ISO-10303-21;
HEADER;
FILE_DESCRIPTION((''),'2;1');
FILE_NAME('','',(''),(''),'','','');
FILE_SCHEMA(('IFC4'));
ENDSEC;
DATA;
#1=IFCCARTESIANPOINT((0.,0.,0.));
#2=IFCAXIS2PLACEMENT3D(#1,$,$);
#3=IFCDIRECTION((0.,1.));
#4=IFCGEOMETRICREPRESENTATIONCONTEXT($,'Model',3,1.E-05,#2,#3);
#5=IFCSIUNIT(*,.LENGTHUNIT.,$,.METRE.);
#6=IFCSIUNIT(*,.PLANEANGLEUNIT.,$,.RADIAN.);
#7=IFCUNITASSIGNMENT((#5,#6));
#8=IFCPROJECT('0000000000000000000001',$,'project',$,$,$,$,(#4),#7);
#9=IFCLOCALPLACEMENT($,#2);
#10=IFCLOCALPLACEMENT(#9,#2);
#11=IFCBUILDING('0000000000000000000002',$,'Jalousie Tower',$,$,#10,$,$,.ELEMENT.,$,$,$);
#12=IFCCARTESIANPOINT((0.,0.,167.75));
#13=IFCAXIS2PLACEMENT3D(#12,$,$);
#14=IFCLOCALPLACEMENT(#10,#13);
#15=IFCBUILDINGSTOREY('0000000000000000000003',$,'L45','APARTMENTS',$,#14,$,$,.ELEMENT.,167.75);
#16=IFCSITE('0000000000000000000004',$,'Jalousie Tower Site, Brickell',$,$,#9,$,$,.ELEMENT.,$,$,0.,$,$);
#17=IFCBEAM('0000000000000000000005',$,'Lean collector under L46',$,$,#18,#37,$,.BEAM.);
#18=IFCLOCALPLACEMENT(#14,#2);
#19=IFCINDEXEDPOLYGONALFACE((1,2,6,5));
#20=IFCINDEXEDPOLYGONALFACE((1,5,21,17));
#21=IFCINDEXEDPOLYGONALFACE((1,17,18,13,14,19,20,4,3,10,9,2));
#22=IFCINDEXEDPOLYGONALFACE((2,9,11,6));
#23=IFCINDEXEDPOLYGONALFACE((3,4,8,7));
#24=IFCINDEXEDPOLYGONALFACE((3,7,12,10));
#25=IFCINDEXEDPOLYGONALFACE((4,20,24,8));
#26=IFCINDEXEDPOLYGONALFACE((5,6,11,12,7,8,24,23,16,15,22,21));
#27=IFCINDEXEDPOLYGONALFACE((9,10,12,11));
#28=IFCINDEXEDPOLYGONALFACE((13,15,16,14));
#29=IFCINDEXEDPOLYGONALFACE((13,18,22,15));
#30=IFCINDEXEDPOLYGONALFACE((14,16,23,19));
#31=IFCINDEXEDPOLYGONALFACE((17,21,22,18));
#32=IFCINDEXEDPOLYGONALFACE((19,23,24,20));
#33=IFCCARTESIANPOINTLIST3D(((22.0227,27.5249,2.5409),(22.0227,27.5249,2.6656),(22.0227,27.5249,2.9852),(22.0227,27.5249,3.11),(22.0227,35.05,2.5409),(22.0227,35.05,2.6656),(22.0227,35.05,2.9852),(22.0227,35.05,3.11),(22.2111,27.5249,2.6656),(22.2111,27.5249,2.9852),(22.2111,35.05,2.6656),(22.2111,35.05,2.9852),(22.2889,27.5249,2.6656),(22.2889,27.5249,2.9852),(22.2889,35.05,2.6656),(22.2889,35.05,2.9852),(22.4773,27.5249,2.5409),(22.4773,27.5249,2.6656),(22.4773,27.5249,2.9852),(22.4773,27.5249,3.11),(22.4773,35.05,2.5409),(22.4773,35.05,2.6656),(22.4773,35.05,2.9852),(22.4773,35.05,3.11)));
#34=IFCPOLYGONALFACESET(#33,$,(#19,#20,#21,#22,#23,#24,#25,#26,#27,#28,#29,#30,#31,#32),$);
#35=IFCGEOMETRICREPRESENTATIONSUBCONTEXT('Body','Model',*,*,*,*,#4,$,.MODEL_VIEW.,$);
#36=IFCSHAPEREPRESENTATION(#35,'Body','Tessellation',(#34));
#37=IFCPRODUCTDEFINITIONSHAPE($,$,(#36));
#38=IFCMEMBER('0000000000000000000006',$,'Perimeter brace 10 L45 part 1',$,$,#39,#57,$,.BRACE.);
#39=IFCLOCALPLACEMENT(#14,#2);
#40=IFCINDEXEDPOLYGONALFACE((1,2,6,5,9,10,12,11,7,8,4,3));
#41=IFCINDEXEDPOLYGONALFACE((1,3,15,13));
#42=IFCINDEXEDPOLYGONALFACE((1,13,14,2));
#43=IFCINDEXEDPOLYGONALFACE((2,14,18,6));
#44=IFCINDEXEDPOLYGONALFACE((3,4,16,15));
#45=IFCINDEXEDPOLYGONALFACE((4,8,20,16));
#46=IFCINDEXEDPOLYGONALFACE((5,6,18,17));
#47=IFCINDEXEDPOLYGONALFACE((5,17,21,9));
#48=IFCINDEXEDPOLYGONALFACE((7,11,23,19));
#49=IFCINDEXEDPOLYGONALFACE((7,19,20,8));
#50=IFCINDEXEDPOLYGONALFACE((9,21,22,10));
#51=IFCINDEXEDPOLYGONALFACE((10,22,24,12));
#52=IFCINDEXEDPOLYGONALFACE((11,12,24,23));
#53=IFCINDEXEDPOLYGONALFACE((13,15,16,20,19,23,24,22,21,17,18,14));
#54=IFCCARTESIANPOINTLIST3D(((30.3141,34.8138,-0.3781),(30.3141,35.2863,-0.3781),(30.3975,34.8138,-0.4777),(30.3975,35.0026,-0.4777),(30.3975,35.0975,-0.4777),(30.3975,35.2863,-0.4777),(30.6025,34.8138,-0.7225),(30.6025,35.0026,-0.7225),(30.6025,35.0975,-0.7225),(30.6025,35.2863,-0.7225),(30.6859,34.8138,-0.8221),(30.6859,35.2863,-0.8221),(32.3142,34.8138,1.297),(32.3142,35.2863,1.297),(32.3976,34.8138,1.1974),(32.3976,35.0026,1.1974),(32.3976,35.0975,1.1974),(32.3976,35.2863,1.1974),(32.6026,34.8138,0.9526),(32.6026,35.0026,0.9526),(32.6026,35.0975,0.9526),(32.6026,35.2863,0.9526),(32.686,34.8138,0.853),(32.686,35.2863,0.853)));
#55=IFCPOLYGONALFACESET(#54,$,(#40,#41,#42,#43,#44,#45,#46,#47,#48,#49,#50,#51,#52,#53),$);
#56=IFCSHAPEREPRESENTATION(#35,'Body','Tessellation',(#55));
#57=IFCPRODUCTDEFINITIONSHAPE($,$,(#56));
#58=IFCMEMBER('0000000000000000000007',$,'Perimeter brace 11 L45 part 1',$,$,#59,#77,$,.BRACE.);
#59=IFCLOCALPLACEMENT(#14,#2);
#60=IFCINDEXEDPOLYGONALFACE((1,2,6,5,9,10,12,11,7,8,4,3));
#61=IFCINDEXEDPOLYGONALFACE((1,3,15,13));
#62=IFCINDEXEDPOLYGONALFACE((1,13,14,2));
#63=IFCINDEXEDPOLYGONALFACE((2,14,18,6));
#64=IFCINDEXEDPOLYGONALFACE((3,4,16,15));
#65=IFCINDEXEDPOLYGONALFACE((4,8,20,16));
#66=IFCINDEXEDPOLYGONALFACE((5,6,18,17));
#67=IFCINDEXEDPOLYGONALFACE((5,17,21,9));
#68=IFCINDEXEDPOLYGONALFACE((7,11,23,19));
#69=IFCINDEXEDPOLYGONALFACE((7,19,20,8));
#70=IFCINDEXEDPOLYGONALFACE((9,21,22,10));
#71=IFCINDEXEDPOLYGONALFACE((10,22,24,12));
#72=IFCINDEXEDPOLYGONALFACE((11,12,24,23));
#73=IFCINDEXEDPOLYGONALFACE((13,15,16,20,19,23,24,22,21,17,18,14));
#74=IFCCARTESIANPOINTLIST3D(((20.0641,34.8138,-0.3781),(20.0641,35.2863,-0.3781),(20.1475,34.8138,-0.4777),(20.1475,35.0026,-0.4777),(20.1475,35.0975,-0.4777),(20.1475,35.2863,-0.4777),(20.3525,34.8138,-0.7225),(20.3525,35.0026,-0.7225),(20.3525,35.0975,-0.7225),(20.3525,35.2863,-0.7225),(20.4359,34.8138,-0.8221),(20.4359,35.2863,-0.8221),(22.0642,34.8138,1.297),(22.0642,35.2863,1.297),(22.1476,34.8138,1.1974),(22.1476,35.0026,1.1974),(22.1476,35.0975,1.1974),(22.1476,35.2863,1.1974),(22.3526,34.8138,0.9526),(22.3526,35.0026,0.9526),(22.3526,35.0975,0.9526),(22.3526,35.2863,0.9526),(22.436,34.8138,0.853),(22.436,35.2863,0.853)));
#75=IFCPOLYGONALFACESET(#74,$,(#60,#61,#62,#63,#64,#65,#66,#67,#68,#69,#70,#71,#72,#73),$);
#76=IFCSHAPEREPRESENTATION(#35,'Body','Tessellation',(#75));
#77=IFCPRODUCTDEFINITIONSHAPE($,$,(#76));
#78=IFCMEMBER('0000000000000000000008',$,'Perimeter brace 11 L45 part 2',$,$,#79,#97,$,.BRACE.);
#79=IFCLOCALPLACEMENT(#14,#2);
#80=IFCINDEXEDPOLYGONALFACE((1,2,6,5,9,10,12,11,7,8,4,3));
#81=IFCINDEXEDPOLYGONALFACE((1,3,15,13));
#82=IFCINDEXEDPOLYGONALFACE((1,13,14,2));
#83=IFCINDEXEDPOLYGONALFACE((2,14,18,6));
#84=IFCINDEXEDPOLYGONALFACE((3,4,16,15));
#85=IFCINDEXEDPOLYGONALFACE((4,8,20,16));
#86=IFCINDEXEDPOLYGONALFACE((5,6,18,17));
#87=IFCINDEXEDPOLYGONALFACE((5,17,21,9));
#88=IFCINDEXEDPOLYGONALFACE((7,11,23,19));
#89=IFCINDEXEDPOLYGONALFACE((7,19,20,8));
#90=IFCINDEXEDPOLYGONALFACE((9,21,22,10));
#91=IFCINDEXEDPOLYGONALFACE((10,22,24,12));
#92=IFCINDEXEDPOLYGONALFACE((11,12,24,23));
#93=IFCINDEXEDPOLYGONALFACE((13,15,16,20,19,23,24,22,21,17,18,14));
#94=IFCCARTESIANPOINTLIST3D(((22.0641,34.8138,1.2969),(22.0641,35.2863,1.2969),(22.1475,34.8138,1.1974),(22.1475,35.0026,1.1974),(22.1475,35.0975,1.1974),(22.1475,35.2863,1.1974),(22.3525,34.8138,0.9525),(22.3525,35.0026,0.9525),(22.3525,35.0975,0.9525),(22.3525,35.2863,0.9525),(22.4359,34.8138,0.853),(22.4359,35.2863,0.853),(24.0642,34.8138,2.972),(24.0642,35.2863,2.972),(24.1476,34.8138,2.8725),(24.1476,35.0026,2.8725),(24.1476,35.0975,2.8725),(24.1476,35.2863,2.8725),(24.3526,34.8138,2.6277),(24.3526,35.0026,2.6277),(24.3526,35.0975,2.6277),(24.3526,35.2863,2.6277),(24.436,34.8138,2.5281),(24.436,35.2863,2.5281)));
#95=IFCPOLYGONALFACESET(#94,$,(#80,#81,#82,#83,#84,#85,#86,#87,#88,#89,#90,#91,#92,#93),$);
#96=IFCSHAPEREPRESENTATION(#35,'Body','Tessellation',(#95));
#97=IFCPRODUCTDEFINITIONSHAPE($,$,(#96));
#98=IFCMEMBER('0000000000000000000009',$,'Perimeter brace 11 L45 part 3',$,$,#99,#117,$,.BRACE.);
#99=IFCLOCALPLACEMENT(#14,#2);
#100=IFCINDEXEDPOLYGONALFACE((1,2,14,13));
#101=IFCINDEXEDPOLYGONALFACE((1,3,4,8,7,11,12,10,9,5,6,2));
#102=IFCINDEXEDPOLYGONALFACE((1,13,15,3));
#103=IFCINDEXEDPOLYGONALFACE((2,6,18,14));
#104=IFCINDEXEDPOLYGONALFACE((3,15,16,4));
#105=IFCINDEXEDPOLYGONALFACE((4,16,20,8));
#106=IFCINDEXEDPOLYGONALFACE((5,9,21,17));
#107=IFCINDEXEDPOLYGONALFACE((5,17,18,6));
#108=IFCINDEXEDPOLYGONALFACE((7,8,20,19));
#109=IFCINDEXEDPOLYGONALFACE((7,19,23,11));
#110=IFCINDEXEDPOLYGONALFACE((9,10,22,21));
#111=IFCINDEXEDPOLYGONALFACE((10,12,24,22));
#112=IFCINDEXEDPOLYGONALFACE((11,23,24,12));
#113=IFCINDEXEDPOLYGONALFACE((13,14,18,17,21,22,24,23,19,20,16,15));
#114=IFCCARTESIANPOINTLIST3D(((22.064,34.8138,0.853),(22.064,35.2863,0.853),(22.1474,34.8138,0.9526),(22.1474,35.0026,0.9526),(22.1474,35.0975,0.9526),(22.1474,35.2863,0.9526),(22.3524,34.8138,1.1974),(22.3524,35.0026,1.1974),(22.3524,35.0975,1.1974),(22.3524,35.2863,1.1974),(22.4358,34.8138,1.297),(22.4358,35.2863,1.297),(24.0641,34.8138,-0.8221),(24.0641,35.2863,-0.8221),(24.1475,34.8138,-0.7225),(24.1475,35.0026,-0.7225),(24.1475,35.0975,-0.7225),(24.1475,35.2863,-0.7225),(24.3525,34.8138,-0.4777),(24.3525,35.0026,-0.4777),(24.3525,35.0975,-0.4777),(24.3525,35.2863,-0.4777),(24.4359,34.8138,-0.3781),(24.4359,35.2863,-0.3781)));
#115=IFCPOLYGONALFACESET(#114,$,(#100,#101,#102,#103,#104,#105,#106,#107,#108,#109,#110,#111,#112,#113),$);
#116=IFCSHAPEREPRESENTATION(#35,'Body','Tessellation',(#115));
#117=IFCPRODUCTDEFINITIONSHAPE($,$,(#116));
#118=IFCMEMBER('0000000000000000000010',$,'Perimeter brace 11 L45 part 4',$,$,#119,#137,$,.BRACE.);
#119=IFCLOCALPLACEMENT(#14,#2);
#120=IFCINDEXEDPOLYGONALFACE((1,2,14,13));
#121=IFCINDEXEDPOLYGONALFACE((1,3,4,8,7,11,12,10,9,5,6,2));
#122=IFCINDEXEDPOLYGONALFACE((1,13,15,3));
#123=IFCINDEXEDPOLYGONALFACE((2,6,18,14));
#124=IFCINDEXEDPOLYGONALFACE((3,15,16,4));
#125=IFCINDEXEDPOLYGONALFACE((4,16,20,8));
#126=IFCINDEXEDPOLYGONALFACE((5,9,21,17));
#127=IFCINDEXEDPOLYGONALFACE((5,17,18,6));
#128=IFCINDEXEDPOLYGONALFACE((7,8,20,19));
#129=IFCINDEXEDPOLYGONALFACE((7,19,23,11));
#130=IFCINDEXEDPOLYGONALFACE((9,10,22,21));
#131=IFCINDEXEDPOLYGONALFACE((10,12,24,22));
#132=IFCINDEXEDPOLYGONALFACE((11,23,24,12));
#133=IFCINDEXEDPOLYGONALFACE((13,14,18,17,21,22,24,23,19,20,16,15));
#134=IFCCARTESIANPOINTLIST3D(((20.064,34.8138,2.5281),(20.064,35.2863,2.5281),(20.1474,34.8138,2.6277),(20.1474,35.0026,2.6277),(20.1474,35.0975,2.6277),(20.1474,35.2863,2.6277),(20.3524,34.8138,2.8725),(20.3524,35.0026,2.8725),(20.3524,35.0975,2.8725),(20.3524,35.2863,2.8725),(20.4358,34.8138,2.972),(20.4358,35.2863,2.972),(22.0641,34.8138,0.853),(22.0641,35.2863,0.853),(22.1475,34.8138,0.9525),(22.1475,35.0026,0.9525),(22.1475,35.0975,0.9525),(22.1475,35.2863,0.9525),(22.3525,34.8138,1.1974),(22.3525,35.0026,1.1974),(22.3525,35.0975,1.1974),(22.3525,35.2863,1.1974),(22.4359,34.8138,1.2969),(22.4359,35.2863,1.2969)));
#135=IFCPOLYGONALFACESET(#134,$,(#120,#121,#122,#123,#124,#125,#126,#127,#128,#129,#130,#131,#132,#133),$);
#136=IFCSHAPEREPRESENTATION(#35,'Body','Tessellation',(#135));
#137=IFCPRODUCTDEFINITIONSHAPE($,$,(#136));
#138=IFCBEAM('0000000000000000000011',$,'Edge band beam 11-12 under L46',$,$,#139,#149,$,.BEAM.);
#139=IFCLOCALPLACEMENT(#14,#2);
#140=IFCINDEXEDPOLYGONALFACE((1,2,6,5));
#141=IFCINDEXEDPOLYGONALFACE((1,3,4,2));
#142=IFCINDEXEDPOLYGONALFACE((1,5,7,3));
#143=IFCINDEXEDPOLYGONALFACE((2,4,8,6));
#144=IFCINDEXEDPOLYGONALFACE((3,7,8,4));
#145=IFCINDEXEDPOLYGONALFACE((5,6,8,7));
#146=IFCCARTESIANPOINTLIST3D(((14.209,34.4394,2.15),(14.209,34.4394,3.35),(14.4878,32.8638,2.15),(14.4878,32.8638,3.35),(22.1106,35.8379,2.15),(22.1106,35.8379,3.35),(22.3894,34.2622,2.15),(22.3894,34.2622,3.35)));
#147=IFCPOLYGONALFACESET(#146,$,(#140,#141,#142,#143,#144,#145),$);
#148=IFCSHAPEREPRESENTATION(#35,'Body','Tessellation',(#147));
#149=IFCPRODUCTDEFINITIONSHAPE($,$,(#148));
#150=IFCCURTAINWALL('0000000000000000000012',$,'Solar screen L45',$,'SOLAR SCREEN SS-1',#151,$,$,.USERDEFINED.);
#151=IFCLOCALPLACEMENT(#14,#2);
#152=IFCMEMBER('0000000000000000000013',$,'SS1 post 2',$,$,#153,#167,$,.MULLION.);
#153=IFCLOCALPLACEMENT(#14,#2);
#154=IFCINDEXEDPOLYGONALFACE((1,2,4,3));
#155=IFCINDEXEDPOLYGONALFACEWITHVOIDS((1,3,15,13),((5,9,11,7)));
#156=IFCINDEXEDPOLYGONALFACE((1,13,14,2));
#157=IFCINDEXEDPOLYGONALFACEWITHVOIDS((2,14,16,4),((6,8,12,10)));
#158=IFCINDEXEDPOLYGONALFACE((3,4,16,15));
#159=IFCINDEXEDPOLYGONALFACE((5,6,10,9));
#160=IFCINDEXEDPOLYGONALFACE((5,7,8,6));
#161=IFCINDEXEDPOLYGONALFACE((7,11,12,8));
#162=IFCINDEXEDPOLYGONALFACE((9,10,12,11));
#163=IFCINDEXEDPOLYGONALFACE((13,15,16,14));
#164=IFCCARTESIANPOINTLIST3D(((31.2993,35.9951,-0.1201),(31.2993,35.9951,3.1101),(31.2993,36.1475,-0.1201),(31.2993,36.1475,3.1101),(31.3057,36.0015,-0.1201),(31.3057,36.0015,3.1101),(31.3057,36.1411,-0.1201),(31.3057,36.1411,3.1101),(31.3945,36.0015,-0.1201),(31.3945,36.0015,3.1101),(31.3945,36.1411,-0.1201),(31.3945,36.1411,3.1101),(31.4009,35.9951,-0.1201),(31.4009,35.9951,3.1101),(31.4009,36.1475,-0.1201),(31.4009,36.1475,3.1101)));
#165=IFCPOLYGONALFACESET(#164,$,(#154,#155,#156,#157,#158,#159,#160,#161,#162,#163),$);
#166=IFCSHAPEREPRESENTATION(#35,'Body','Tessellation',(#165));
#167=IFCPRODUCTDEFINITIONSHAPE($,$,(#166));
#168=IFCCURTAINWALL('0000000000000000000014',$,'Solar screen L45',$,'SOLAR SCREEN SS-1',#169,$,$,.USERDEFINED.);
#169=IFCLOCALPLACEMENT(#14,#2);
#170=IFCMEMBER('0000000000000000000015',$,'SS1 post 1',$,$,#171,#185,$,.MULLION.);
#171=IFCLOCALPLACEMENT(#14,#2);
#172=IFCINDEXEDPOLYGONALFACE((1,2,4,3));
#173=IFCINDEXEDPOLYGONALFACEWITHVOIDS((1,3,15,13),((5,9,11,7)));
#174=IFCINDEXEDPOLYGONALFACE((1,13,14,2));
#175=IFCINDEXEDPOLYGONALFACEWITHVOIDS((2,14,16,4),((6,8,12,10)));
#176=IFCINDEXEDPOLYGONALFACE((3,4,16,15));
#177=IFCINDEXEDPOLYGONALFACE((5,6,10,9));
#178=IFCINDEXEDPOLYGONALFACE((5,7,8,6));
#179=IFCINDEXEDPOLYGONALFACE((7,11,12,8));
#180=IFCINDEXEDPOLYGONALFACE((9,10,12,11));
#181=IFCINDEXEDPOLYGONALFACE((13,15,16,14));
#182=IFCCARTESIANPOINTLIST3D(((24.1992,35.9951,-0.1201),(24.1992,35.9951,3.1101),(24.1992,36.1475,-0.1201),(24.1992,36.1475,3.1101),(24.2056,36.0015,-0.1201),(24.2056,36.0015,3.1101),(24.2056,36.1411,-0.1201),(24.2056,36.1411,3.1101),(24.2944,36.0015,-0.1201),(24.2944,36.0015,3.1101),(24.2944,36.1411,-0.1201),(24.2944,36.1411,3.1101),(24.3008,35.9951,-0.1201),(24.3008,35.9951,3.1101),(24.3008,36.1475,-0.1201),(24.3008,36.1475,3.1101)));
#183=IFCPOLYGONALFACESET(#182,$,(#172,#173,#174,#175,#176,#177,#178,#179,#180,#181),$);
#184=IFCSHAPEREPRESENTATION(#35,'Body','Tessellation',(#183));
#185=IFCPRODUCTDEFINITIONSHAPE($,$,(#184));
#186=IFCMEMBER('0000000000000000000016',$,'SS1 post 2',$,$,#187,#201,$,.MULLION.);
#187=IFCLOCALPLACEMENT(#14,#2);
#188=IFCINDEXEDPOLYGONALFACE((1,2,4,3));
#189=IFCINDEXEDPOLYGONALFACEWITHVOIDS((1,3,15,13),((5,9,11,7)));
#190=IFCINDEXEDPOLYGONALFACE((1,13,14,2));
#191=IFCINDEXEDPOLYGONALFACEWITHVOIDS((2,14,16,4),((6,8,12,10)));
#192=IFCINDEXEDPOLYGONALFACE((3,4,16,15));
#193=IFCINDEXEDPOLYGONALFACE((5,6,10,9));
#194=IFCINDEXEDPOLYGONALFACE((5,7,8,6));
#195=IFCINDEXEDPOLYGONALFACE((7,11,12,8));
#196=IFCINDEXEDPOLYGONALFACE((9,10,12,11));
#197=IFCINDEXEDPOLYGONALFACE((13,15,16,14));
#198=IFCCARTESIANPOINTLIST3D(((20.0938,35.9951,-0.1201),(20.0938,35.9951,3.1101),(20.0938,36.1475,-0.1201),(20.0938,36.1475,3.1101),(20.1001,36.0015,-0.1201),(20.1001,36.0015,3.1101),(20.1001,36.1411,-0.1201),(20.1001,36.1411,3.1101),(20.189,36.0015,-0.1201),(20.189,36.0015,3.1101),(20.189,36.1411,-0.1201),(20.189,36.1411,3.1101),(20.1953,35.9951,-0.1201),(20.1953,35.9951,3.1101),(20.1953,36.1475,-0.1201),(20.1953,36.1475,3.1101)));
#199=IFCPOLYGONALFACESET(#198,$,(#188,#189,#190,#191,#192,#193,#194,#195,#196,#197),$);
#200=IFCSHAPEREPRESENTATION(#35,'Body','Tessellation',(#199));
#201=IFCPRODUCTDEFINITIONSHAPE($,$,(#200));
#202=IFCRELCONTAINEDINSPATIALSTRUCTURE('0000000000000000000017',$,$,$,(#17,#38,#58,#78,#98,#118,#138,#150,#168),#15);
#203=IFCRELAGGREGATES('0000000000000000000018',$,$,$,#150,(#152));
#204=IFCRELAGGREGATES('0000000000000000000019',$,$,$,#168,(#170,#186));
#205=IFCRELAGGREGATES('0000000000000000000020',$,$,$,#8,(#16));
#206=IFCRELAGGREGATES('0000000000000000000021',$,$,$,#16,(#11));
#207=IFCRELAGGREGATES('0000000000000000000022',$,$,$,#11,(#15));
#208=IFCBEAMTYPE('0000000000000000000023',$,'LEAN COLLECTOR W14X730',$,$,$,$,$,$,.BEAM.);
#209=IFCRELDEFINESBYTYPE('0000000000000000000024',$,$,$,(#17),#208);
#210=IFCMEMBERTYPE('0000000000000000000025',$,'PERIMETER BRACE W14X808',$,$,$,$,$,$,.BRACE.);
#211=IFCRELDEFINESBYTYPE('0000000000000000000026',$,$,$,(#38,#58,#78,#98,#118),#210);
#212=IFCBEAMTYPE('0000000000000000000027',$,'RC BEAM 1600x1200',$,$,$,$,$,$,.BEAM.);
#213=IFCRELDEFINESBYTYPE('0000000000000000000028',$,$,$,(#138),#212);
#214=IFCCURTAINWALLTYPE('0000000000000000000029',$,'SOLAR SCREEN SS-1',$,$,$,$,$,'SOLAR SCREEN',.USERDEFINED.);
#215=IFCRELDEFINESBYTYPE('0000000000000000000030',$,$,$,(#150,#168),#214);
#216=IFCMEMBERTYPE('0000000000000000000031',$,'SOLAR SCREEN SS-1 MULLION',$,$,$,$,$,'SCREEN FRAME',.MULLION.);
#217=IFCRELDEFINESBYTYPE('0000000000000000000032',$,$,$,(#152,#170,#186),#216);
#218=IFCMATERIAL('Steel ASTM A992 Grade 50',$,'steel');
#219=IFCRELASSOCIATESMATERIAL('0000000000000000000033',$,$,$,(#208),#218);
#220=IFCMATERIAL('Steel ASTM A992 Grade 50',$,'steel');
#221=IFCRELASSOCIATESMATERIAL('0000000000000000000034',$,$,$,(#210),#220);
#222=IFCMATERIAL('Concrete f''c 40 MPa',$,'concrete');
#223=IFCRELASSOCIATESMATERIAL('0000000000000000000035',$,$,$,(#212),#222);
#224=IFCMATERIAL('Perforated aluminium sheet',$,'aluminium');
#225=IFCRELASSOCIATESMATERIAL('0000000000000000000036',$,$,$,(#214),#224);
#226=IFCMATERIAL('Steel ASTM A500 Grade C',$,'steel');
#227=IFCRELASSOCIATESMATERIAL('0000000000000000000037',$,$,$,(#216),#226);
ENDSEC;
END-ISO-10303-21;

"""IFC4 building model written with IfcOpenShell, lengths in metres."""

from ifc_helpers import new_model, si_unit, direction, frame, origin, origin_2d, place, context, subcontext, project, spatial, rectangle, hollow_rectangle, i_section, extrude, material, material_profile, profile_set, type_object, element, aggregate, save


model = new_model("IFC4")

# Units and contexts
model_context = context("Model", 3, precision=1e-05, world=origin(), true_north=direction((0.0, 1.0)))
body_context = subcontext(model_context, "Body", "Model", "MODEL_VIEW")
ifc_project = project(units=[si_unit("LENGTHUNIT", "METRE"), si_unit("PLANEANGLEUNIT", "RADIAN")], contexts=[model_context])

# Site, building, storey
site_placement = place(None, origin())
site = spatial("IfcSite", under=ifc_project, at=site_placement, Name="Jalousie Tower Site, Brickell", CompositionType="ELEMENT", RefElevation=0.0)
building_placement = place(site_placement, origin())
building = spatial("IfcBuilding", under=site, at=building_placement, Name="Jalousie Tower", CompositionType="ELEMENT")
storey_placement = place(building_placement, frame((0.0, 0.0, 167.75)))
storey = spatial("IfcBuildingStorey", under=building, at=storey_placement, Name="L45", Description="APARTMENTS", CompositionType="ELEMENT", Elevation=167.75)

# Beam
ifc_material_1 = material(Name="Steel ASTM A992 Grade 50", Category="steel")
ifc_material_profile_1 = material_profile(ifc_material_1, i_section(OverallWidth=0.4546, OverallDepth=0.5691, WebThickness=0.0779, FlangeThickness=0.1248, at=origin_2d()), Name="W14X730")
ifc_profile_set_1 = profile_set([ifc_material_profile_1], Name="Steel ASTM A992 Grade 50")
beam_type_1 = type_object("IfcBeamType", Name="LEAN COLLECTOR W14X730", PredefinedType="BEAM", material=ifc_profile_set_1)
beam_1_placement = place(storey_placement, frame((22.25, 35.05, 2.8254), z_axis=(0.0, -1.0, 0.0), x_axis=(1.0, 0.0, 0.0)))
element("IfcBeam", 1, at=beam_1_placement, inside=storey, type_object=beam_type_1, Name="Lean collector under L46", PredefinedType="BEAM", context=body_context, shape_type="SweptSolid", body=[
    extrude(i_section(OverallWidth=0.4546, OverallDepth=0.5691, WebThickness=0.0779, FlangeThickness=0.1248, at=origin_2d()), origin(), (0.0, 0.0, 1.0), 7.5251),
])

# Members
ifc_material_2 = material(Name="Steel ASTM A992 Grade 50", Category="steel")
ifc_material_profile_2 = material_profile(ifc_material_2, i_section(OverallWidth=0.4724, OverallDepth=0.5791, WebThickness=0.095, FlangeThickness=0.1299, at=origin_2d()), Name="W14X808")
ifc_profile_set_2 = profile_set([ifc_material_profile_2], Name="Steel ASTM A992 Grade 50")
member_type_1 = type_object("IfcMemberType", Name="PERIMETER BRACE W14X808", PredefinedType="BRACE", material=ifc_profile_set_2)
for number, where, z_axis, x_axis, name in (
    (2, (30.5, 35.05, -0.6001), (0.766639, 0.0, 0.642079), (0.0, 1.0, 0.0), "Perimeter brace 10 L45 part 1"),
    (3, (20.25, 35.05, -0.6001), (0.766639, 0.0, 0.642079), (0.0, 1.0, 0.0), "Perimeter brace 11 L45 part 1"),
    (4, (22.25, 35.05, 1.075), (0.766639, 0.0, 0.642079), (0.0, 1.0, 0.0), "Perimeter brace 11 L45 part 2"),
    (5, (24.25, 35.05, -0.6001), (-0.766639, 0.0, 0.642079), (0.0, -1.0, 0.0), "Perimeter brace 11 L45 part 3"),
    (6, (22.25, 35.05, 1.075), (-0.766639, 0.0, 0.642079), (0.0, -1.0, 0.0), "Perimeter brace 11 L45 part 4"),
):
    element("IfcMember", number, at=place(storey_placement, frame(where, z_axis=z_axis, x_axis=x_axis)), inside=storey, type_object=member_type_1, Name=name, PredefinedType="BRACE", context=body_context, shape_type="SweptSolid", body=[
        extrude(i_section(OverallWidth=0.4724, OverallDepth=0.5791, WebThickness=0.095, FlangeThickness=0.1299, at=origin_2d()), origin(), (0.0, 0.0, 1.0), 2.6089),
    ])

# Beam
ifc_material_3 = material(Name="Concrete f'c 40 MPa", Category="concrete")
ifc_material_profile_3 = material_profile(ifc_material_3, rectangle(XDim=1.6001, YDim=1.2, at=origin_2d()), Name="RC 1600x1200")
ifc_profile_set_3 = profile_set([ifc_material_profile_3], Name="Concrete f'c 40 MPa")
beam_type_2 = type_object("IfcBeamType", Name="RC BEAM 1600x1200", PredefinedType="BEAM", material=ifc_profile_set_3)
beam_2_placement = place(storey_placement, frame((22.25, 35.05, 2.75), z_axis=(-0.984697, -0.174273, 0.0), x_axis=(0.174273, -0.984697, 0.0)))
element("IfcBeam", 7, at=beam_2_placement, inside=storey, type_object=beam_type_2, Name="Edge band beam 11-12 under L46", PredefinedType="BEAM", context=body_context, shape_type="SweptSolid", body=[
    extrude(rectangle(XDim=1.6001, YDim=1.2, at=origin_2d()), origin(), (0.0, 0.0, 1.0), 8.0244),
])

# Curtain wall, member
ifc_material_4 = material(Name="Perforated aluminium sheet", Category="aluminium")
curtain_wall_type = type_object("IfcCurtainWallType", Name="SOLAR SCREEN SS-1", ElementType="SOLAR SCREEN", PredefinedType="USERDEFINED", material=ifc_material_4)
curtain_wall_1_placement = place(storey_placement, origin())
curtain_wall_1 = element("IfcCurtainWall", 8, at=curtain_wall_1_placement, inside=storey, type_object=curtain_wall_type, Name="Solar screen L45", ObjectType="SOLAR SCREEN SS-1", PredefinedType="USERDEFINED")
ifc_material_5 = material(Name="Steel ASTM A500 Grade C", Category="steel")
ifc_material_profile_4 = material_profile(ifc_material_5, hollow_rectangle(XDim=0.1016, YDim=0.1523, WallThickness=0.0063, at=origin_2d()), Name="HSS6X4X1/4")
ifc_profile_set_4 = profile_set([ifc_material_profile_4], Name="Steel ASTM A500 Grade C")
member_type_2 = type_object("IfcMemberType", Name="SOLAR SCREEN SS-1 MULLION", ElementType="SCREEN FRAME", PredefinedType="MULLION", material=ifc_profile_set_4)
member_1_placement = place(storey_placement, frame((31.3501, 36.0713, -0.1201), z_axis=(0.0, 0.0, 1.0), x_axis=(-1.0, 0.0, 0.0)))
member_1 = element("IfcMember", 9, at=member_1_placement, type_object=member_type_2, Name="SS1 post 2", PredefinedType="MULLION", context=body_context, shape_type="SweptSolid", body=[
    extrude(hollow_rectangle(XDim=0.1016, YDim=0.1523, WallThickness=0.0063, at=origin_2d()), origin(), (0.0, 0.0, 1.0), 3.2302),
])
aggregate(curtain_wall_1, [member_1])

# Curtain wall, members
curtain_wall_2_placement = place(storey_placement, origin())
curtain_wall_2 = element("IfcCurtainWall", 10, at=curtain_wall_2_placement, inside=storey, type_object=curtain_wall_type, Name="Solar screen L45", ObjectType="SOLAR SCREEN SS-1", PredefinedType="USERDEFINED")
member_2_placement = place(storey_placement, frame((24.25, 36.0713, -0.1201), z_axis=(0.0, 0.0, 1.0), x_axis=(-1.0, 0.0, 0.0)))
member_2 = element("IfcMember", 11, at=member_2_placement, type_object=member_type_2, Name="SS1 post 1", PredefinedType="MULLION", context=body_context, shape_type="SweptSolid", body=[
    extrude(hollow_rectangle(XDim=0.1016, YDim=0.1523, WallThickness=0.0063, at=origin_2d()), origin(), (0.0, 0.0, 1.0), 3.2302),
])
member_3_placement = place(storey_placement, frame((20.1445, 36.0713, -0.1201), z_axis=(0.0, 0.0, 1.0), x_axis=(-1.0, 0.0, 0.0)))
member_3 = element("IfcMember", 12, at=member_3_placement, type_object=member_type_2, Name="SS1 post 2", PredefinedType="MULLION", context=body_context, shape_type="SweptSolid", body=[
    extrude(hollow_rectangle(XDim=0.1016, YDim=0.1523, WallThickness=0.0063, at=origin_2d()), origin(), (0.0, 0.0, 1.0), 3.2302),
])
aggregate(curtain_wall_2, [member_2, member_3])

save(model, "model.ifc")
